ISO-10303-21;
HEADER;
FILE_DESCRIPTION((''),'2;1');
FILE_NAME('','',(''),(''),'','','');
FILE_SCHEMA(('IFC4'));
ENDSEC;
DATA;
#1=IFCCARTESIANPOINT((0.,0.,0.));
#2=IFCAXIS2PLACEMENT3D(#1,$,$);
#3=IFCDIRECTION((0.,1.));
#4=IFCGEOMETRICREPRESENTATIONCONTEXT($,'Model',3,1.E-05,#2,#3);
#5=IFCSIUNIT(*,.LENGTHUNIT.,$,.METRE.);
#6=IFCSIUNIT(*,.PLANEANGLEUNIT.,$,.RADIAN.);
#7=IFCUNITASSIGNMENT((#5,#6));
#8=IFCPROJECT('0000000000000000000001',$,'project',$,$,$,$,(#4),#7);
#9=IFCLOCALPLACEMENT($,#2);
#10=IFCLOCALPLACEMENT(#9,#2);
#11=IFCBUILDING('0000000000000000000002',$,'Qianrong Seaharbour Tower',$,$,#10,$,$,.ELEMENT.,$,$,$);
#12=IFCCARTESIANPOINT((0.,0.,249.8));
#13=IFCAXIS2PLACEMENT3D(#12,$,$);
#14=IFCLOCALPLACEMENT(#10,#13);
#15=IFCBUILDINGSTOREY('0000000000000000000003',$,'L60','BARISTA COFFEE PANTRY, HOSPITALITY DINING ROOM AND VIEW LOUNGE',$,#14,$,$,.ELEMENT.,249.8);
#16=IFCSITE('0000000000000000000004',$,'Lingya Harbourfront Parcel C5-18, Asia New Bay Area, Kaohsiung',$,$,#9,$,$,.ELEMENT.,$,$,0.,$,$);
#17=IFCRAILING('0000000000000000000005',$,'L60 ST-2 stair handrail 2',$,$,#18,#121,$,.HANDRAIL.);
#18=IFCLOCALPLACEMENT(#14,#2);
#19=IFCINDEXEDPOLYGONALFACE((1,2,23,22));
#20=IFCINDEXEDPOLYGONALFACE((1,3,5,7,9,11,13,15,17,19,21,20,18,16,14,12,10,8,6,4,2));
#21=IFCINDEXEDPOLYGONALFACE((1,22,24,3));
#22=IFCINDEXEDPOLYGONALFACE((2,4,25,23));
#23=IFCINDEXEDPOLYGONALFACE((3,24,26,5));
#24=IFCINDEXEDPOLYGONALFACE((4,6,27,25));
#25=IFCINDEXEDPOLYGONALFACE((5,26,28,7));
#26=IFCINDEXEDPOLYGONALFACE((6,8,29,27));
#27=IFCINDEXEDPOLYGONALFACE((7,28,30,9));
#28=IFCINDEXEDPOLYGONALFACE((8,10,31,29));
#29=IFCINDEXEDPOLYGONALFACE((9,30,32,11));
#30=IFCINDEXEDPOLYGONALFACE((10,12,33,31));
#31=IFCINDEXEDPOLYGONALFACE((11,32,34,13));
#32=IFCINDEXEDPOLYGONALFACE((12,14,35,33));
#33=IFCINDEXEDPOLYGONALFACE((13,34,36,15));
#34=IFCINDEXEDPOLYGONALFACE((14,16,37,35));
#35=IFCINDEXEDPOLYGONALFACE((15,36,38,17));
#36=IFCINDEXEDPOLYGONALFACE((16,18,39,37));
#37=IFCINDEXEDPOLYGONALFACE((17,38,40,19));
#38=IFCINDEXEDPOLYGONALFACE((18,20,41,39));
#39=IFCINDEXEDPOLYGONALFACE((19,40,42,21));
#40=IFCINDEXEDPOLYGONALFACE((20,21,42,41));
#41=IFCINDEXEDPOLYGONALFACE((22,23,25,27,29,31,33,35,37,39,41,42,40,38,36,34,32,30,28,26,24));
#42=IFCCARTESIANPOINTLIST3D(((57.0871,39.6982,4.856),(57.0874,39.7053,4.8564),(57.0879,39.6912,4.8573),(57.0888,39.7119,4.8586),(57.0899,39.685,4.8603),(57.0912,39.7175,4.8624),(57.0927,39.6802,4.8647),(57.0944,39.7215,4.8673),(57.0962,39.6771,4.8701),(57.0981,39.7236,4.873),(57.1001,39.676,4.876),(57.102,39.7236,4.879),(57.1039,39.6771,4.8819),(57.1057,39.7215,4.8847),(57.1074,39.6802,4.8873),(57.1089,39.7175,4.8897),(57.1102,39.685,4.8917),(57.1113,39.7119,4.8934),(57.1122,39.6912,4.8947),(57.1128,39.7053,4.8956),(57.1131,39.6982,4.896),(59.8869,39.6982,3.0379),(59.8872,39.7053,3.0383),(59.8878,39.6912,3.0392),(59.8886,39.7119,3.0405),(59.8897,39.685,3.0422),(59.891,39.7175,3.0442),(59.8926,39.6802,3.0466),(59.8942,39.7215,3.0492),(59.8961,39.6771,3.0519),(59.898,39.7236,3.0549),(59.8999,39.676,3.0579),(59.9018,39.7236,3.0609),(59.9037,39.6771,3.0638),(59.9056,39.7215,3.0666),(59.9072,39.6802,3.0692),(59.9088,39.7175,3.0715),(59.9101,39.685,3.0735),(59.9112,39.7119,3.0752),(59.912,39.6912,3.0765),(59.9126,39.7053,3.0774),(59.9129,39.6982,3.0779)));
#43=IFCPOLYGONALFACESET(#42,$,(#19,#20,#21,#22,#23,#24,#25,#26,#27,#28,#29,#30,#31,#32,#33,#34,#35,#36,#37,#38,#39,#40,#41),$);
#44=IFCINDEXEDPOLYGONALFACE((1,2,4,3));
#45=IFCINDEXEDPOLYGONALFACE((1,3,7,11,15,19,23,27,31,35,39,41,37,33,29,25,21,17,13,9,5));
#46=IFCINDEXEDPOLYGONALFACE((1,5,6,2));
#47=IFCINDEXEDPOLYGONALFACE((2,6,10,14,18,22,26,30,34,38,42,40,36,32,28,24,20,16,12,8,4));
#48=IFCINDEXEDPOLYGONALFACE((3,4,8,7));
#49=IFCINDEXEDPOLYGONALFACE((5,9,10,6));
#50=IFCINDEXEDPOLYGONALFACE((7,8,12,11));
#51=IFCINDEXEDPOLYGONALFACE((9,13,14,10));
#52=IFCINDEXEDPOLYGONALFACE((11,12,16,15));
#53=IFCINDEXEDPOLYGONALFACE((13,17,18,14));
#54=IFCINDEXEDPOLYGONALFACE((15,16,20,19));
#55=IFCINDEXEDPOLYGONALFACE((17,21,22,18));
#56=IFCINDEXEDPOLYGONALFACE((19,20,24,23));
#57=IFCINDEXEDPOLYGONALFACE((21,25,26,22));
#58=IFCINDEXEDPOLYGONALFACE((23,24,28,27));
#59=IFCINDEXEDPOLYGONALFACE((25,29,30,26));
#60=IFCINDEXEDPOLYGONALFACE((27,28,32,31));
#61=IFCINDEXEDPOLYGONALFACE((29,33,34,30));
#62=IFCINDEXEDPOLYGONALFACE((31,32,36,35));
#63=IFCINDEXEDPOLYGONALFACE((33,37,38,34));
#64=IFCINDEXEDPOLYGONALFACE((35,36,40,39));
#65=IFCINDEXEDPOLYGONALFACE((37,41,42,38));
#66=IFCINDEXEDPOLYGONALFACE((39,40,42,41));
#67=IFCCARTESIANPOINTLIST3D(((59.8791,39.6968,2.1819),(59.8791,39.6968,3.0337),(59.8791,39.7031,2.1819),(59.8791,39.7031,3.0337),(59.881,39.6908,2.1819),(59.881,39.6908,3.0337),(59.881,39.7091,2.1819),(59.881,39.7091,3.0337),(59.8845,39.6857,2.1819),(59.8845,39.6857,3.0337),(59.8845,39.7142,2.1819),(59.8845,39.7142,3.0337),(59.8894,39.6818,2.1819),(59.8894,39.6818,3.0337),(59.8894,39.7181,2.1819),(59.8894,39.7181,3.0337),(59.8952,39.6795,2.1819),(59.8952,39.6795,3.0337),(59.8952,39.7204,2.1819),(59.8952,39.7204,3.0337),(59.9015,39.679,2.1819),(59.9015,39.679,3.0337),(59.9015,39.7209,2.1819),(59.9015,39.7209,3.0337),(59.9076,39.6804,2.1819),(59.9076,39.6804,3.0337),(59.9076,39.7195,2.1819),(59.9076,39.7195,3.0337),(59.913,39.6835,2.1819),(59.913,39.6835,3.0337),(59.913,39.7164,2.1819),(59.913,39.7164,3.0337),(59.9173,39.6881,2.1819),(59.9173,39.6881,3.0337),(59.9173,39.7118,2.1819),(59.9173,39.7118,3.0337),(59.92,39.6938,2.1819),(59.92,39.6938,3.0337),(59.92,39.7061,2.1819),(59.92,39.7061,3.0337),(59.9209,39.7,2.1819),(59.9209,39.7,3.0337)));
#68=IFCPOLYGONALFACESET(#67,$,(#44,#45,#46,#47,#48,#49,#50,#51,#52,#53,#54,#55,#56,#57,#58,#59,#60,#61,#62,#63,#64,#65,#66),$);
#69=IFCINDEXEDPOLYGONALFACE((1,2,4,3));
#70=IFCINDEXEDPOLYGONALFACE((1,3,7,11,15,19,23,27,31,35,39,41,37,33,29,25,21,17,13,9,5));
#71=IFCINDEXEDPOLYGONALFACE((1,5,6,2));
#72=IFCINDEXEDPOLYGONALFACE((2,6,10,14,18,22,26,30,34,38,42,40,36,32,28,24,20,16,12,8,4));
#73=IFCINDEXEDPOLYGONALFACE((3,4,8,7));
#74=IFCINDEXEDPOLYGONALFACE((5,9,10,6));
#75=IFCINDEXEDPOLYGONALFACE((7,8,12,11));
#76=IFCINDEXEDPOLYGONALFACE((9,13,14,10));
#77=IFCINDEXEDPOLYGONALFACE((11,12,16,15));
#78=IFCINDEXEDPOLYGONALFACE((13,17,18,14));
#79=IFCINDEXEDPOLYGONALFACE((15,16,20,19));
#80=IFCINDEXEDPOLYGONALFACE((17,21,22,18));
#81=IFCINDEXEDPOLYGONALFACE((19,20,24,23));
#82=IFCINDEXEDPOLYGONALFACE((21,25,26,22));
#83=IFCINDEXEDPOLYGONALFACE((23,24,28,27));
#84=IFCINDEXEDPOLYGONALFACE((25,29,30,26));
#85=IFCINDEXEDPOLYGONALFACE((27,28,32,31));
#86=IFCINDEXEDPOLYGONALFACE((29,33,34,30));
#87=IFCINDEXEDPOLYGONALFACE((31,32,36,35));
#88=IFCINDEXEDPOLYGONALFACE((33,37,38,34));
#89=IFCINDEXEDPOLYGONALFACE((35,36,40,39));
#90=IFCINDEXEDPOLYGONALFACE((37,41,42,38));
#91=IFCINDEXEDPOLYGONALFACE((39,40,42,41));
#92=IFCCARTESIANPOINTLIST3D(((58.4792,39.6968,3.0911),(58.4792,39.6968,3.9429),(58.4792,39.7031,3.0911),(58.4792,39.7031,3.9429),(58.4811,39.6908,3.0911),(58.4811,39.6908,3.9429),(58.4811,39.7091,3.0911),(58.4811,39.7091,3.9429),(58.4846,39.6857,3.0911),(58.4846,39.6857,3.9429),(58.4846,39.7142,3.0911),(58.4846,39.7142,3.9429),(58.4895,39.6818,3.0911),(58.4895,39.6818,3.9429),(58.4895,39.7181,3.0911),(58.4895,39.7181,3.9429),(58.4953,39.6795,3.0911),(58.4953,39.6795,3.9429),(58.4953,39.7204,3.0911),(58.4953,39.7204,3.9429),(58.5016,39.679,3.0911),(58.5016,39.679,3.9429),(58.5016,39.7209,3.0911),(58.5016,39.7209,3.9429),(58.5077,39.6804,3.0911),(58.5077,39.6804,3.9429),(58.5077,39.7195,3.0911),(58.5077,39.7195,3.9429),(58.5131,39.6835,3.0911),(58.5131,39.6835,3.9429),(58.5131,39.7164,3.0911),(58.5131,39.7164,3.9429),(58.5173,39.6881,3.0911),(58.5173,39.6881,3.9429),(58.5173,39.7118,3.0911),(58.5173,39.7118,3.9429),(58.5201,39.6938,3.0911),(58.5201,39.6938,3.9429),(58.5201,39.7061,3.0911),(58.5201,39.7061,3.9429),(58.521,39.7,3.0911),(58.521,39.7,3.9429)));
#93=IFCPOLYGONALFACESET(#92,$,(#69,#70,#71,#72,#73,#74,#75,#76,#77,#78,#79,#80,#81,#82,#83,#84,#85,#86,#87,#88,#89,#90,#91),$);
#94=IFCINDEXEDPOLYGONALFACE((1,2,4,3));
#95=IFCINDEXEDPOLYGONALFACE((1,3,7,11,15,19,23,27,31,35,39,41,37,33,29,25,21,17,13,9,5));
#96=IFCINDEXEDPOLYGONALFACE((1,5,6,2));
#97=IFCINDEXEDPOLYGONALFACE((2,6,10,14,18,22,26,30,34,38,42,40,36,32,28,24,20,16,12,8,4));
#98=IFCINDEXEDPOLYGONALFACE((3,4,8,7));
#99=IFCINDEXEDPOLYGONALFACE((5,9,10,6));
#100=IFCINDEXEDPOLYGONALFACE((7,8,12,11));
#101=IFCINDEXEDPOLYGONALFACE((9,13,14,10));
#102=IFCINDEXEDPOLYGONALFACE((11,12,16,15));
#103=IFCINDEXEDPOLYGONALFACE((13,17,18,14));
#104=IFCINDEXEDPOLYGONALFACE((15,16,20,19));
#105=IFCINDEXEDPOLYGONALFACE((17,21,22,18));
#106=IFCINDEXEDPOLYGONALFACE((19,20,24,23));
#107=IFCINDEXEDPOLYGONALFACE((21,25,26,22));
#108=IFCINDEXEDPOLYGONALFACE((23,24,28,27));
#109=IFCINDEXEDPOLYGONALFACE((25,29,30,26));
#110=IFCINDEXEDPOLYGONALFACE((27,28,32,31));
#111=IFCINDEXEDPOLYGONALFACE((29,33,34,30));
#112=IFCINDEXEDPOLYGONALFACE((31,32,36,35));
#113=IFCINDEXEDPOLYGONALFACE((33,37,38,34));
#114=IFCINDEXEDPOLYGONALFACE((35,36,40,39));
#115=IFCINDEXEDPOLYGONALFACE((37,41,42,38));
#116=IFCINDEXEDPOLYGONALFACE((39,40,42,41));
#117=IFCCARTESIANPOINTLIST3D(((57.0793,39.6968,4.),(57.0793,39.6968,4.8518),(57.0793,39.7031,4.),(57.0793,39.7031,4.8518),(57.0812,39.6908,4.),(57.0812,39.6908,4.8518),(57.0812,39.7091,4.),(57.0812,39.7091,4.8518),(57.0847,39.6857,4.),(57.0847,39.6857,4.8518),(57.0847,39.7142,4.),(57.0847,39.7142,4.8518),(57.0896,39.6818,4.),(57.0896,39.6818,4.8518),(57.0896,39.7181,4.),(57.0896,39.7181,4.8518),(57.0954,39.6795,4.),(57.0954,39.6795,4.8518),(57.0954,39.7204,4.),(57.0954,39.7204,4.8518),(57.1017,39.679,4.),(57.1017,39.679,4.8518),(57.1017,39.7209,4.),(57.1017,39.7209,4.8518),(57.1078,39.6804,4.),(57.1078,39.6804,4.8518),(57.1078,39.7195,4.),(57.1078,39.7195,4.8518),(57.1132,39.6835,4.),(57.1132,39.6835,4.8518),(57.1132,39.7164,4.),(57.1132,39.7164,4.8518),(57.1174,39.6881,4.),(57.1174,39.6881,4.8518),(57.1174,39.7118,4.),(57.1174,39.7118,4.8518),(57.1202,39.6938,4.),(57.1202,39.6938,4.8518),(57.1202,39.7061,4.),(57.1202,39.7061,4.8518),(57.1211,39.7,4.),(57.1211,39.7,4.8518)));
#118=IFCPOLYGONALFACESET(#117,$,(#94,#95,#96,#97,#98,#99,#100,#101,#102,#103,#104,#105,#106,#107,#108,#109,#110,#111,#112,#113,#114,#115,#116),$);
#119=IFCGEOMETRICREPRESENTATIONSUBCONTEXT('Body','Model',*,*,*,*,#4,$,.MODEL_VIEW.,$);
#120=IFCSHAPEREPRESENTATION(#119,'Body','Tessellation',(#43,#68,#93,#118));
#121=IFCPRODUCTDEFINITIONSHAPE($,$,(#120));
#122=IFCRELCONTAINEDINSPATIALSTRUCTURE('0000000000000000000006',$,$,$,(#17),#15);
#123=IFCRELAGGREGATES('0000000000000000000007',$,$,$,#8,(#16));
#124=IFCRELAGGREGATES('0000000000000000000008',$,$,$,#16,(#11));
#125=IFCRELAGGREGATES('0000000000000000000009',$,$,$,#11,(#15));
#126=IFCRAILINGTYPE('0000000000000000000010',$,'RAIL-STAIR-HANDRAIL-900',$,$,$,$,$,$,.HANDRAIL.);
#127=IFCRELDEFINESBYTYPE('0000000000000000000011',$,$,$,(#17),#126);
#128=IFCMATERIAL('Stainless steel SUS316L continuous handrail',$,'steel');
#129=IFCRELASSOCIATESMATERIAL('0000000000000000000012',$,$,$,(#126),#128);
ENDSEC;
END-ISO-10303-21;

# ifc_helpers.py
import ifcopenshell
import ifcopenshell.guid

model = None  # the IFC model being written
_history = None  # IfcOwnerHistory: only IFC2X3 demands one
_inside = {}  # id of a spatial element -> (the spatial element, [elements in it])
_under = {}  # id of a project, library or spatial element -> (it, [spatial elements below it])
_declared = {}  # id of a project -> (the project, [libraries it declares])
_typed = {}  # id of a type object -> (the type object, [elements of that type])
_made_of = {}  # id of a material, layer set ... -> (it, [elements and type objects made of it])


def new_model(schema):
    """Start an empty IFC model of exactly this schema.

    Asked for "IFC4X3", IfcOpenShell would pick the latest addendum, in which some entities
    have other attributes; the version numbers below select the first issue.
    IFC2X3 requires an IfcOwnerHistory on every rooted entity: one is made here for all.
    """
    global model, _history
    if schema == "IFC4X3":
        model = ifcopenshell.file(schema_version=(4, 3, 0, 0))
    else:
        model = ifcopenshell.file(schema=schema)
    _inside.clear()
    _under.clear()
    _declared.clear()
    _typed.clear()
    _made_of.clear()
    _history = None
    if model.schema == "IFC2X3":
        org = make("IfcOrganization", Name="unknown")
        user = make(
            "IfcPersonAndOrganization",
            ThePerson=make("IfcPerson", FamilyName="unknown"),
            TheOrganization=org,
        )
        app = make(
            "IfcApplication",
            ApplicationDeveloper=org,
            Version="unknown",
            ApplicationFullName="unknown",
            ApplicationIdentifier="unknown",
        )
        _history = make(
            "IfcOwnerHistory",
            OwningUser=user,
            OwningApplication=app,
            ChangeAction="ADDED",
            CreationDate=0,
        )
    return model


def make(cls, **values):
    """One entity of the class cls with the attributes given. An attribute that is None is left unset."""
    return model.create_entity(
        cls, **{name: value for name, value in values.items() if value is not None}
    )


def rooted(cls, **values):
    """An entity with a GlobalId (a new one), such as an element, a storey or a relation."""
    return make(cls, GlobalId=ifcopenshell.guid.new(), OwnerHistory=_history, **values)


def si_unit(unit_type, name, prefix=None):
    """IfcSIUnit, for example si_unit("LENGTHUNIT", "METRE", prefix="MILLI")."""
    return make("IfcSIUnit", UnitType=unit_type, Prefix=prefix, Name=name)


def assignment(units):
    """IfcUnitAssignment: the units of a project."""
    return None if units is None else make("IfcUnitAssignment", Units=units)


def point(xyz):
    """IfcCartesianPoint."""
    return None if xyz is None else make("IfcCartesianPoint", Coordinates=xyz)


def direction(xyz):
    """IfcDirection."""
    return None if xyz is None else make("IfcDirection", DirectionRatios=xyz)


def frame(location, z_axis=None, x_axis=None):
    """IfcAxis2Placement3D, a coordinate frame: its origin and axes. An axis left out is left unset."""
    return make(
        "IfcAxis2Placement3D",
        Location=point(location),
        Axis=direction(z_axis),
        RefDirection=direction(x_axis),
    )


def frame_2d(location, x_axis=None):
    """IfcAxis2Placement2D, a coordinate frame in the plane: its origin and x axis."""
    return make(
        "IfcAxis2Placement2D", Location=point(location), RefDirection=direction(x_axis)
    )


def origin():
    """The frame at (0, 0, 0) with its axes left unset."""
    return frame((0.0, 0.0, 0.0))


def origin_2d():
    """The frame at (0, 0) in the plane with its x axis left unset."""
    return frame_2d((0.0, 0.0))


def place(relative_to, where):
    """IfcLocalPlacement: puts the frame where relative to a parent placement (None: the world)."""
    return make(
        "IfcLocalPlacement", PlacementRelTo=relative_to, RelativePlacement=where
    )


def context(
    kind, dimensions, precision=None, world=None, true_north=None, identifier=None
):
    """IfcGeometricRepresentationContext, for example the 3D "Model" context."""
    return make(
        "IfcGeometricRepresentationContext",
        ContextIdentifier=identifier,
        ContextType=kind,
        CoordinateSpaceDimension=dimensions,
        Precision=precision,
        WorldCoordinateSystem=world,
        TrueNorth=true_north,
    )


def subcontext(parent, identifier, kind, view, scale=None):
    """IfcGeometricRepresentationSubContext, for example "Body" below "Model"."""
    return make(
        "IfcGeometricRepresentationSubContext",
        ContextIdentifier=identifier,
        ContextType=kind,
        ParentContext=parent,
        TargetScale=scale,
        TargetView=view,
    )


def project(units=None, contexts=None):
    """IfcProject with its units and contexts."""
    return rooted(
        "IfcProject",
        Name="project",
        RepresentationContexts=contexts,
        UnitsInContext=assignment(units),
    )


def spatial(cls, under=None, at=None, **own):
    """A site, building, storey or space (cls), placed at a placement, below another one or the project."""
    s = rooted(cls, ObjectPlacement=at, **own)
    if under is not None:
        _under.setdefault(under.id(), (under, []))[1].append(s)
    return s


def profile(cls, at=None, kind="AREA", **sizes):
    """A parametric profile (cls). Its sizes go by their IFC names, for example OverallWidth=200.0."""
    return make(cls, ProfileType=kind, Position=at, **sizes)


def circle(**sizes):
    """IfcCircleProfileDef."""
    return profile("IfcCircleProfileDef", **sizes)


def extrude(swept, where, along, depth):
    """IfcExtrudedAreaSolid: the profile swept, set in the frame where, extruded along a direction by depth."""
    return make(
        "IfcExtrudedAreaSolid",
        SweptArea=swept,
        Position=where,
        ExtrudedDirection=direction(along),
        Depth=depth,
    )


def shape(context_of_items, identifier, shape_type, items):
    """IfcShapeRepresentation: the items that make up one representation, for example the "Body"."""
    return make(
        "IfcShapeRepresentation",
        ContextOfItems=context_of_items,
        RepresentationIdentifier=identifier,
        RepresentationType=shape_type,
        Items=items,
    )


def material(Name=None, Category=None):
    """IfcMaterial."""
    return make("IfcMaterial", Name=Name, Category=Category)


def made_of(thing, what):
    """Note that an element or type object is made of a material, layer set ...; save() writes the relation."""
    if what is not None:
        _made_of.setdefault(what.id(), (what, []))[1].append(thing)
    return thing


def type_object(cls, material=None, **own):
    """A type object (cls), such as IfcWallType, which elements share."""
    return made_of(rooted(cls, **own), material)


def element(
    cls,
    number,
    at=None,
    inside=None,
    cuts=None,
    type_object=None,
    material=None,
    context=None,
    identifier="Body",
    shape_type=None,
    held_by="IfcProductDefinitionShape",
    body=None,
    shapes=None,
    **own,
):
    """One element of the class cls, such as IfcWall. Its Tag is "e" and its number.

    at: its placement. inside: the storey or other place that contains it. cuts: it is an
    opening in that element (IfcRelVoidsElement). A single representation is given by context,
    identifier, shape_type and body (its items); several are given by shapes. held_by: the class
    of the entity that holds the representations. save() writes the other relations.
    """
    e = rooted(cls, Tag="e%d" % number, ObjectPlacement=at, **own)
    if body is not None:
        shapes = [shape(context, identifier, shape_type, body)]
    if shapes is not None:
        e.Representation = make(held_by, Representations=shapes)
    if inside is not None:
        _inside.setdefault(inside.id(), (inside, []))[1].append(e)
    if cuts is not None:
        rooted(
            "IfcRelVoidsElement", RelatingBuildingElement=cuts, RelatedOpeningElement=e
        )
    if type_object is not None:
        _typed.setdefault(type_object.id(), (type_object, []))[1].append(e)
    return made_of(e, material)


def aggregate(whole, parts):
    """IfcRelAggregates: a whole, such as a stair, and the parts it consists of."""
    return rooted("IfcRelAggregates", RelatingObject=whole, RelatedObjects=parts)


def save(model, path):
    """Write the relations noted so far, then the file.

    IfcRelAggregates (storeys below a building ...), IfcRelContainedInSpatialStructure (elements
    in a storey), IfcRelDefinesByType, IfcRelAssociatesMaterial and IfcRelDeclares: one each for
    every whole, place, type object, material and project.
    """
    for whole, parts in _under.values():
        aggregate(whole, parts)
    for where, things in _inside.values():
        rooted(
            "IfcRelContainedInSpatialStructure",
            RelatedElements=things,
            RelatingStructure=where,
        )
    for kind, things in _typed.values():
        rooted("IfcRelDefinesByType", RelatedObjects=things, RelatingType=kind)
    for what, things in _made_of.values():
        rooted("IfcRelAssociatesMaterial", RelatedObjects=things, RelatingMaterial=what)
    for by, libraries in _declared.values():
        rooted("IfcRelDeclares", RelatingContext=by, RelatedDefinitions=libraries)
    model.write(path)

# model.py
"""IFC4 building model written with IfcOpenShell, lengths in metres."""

from ifc_helpers import new_model, si_unit, direction, frame, origin, origin_2d, place, context, subcontext, project, spatial, circle, extrude, material, type_object, element, save


model = new_model("IFC4")

# Units and contexts
model_context = context("Model", 3, precision=1e-05, world=origin(), true_north=direction((0.0, 1.0)))
body_context = subcontext(model_context, "Body", "Model", "MODEL_VIEW")
ifc_project = project(units=[si_unit("LENGTHUNIT", "METRE"), si_unit("PLANEANGLEUNIT", "RADIAN")], contexts=[model_context])

# Site, building, storey
site_placement = place(None, origin())
site = spatial("IfcSite", under=ifc_project, at=site_placement, Name="Lingya Harbourfront Parcel C5-18, Asia New Bay Area, Kaohsiung", CompositionType="ELEMENT", RefElevation=0.0)
building_placement = place(site_placement, origin())
building = spatial("IfcBuilding", under=site, at=building_placement, Name="Qianrong Seaharbour Tower", CompositionType="ELEMENT")
storey_placement = place(building_placement, frame((0.0, 0.0, 249.8)))
storey = spatial("IfcBuildingStorey", under=building, at=storey_placement, Name="L60", Description="BARISTA COFFEE PANTRY, HOSPITALITY DINING ROOM AND VIEW LOUNGE", CompositionType="ELEMENT", Elevation=249.8)

# Railing
ifc_material_1 = material(Name="Stainless steel SUS316L continuous handrail", Category="steel")
railing_type_1 = type_object("IfcRailingType", Name="RAIL-STAIR-HANDRAIL-900", PredefinedType="HANDRAIL", material=ifc_material_1)
railing_1_placement = place(storey_placement, frame((59.8999, 39.7, 2.1819)))
element("IfcRailing", 1, at=railing_1_placement, inside=storey, type_object=railing_type_1, Name="L60 ST-2 stair handrail 2", PredefinedType="HANDRAIL", context=body_context, shape_type="SweptSolid", body=[
    extrude(circle(Radius=0.0239, at=origin_2d()), frame((0.0, 0.0, 0.876), z_axis=(-0.838684, 0.0, 0.544618), x_axis=(0.0, -1.0, 0.0)), (0.0, 0.0, 1.0), 3.3384),
    extrude(circle(Radius=0.021, at=origin_2d()), origin(), (0.0, 0.0, 1.0), 0.8518),
    extrude(circle(Radius=0.021, at=origin_2d()), frame((-1.3999, 0.0, 0.9092)), (0.0, 0.0, 1.0), 0.8518),
    extrude(circle(Radius=0.021, at=origin_2d()), frame((-2.7998, 0.0, 1.8181)), (0.0, 0.0, 1.0), 0.8518),
])

save(model, "model.ifc")
